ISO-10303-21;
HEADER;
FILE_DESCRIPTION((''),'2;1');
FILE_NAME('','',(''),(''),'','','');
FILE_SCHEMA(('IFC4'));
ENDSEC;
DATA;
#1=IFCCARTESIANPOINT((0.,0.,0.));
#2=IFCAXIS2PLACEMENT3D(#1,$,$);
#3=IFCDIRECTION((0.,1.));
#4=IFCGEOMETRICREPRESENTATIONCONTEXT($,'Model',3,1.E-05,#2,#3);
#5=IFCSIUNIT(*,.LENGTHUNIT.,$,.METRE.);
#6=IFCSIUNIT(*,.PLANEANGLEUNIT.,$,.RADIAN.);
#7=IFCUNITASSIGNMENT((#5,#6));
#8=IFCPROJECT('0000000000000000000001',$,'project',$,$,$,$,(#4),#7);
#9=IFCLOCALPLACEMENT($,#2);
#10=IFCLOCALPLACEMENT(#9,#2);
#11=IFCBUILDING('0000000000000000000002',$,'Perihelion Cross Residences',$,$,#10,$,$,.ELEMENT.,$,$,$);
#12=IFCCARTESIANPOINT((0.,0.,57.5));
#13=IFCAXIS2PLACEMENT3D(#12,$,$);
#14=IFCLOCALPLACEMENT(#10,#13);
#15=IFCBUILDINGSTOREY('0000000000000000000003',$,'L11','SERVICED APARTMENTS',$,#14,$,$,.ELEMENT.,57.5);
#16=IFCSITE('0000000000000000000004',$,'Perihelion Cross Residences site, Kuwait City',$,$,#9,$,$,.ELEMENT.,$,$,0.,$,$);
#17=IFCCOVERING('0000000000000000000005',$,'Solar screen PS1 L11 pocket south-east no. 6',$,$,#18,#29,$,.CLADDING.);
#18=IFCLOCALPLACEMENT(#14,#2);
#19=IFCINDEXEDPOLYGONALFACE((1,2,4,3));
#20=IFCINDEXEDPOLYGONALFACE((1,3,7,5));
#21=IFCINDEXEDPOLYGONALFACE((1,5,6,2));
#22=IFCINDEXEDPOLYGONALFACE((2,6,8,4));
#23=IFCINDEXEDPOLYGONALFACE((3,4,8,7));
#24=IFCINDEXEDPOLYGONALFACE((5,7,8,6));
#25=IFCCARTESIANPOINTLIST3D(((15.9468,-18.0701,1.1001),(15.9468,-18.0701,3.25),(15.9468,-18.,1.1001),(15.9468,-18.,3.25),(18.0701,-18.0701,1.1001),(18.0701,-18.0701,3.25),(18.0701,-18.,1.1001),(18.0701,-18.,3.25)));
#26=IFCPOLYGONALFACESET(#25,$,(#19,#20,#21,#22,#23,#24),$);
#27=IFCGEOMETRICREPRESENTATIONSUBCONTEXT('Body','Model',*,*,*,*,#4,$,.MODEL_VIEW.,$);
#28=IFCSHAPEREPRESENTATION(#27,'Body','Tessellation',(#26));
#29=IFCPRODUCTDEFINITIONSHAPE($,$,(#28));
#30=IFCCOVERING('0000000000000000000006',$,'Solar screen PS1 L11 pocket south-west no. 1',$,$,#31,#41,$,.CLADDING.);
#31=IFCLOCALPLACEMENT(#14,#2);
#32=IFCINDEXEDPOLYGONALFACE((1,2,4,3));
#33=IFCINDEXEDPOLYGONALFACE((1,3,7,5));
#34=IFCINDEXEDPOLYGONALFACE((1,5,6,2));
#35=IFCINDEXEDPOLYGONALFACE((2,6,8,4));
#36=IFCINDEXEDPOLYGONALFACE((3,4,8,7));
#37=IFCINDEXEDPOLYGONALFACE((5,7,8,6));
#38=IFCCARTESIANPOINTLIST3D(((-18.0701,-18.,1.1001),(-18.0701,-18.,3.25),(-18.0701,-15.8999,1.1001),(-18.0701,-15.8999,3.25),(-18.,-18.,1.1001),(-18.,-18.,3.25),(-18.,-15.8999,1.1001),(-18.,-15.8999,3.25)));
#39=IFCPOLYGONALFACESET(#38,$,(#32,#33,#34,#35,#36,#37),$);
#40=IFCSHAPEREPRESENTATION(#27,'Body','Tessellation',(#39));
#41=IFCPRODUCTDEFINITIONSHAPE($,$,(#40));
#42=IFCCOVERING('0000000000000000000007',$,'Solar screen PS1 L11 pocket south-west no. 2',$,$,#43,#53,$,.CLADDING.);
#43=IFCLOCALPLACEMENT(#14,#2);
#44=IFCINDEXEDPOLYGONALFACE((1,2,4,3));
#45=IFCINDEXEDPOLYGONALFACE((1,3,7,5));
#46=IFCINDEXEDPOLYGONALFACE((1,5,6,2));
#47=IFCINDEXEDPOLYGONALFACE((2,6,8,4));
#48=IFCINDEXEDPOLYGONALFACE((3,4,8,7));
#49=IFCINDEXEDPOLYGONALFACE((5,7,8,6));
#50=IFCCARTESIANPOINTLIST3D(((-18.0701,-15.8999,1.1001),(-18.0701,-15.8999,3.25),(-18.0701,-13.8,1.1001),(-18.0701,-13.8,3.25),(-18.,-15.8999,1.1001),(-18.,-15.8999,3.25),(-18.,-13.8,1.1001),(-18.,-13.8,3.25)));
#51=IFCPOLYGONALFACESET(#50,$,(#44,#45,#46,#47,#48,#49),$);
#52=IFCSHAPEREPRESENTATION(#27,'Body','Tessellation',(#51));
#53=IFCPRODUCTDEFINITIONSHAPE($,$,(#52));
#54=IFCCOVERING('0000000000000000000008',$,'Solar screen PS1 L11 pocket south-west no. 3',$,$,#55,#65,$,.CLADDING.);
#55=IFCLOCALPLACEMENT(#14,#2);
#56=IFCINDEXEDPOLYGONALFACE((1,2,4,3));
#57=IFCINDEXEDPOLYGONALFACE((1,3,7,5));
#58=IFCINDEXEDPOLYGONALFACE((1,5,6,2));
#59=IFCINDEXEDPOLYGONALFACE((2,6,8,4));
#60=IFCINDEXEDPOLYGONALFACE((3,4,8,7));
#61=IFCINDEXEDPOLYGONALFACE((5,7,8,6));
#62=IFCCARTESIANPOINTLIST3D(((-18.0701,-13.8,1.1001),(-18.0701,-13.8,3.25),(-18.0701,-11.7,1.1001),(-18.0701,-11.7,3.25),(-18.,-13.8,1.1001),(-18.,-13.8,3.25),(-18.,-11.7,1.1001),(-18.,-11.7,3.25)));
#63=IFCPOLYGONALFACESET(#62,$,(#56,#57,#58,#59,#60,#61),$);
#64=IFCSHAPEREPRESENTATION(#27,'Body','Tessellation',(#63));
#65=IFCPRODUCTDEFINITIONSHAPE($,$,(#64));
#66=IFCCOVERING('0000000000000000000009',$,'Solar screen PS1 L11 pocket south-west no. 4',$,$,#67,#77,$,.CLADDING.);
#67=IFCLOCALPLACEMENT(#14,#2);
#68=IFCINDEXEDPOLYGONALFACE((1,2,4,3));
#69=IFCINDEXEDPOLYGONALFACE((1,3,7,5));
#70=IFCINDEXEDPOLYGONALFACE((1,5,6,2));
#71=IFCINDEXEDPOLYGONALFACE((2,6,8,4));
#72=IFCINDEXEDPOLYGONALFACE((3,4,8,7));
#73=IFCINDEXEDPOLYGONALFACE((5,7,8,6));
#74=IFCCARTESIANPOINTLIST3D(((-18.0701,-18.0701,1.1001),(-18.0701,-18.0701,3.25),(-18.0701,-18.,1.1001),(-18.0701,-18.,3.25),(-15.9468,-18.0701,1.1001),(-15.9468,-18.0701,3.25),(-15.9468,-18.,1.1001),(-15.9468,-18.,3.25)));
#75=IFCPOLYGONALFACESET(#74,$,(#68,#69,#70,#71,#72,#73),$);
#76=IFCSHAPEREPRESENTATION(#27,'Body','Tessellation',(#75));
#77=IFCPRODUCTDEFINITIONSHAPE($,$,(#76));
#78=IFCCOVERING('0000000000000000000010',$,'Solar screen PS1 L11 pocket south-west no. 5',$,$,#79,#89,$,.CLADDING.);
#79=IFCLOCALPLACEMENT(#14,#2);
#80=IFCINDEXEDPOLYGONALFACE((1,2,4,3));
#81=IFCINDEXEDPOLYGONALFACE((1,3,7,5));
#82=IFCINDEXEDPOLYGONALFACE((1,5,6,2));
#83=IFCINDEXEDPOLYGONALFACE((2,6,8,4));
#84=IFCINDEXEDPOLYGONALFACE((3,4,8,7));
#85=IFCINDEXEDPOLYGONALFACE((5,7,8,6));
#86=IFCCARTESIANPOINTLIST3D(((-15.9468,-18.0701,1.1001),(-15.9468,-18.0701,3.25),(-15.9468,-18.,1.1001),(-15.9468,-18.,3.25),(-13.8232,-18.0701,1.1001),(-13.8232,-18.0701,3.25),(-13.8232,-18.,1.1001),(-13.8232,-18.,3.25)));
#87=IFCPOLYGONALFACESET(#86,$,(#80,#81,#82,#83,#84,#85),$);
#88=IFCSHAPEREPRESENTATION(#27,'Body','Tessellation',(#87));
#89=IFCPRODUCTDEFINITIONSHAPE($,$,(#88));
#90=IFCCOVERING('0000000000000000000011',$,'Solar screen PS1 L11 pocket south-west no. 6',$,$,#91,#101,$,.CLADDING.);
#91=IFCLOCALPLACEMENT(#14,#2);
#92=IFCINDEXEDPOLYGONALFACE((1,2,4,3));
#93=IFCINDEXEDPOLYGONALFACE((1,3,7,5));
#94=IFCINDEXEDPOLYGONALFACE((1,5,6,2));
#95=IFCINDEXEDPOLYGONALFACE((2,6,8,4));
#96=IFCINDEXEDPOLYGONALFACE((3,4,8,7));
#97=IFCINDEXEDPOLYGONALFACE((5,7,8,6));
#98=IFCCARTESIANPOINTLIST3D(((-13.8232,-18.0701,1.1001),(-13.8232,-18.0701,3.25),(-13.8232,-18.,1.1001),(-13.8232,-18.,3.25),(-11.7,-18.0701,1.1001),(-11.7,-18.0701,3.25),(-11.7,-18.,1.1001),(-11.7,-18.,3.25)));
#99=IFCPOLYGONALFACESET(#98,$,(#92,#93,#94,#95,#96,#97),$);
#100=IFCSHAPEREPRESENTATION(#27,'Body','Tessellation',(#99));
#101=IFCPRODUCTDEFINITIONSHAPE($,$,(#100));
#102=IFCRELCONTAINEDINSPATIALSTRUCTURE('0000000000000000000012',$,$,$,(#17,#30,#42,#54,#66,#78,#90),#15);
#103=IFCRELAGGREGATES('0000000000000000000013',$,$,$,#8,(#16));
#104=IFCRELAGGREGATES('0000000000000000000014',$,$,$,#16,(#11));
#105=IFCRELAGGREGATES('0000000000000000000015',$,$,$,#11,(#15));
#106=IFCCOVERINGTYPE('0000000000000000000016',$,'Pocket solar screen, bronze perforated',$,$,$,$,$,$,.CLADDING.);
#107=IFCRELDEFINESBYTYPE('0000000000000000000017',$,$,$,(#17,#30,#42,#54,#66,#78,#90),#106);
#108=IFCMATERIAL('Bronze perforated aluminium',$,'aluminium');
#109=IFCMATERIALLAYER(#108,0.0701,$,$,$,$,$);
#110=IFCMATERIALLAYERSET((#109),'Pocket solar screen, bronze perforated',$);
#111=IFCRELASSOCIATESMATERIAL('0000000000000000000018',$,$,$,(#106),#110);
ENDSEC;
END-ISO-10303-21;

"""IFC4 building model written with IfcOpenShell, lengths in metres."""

from ifc_helpers import new_model, si_unit, direction, frame, origin, place, context, subcontext, project, spatial, polyline, outline, extrude, material, layer, layer_set, type_object, element, save


model = new_model("IFC4")

# Units and contexts
model_context = context("Model", 3, precision=1e-05, world=origin(), true_north=direction((0.0, 1.0)))
body_context = subcontext(model_context, "Body", "Model", "MODEL_VIEW")
ifc_project = project(units=[si_unit("LENGTHUNIT", "METRE"), si_unit("PLANEANGLEUNIT", "RADIAN")], contexts=[model_context])

# Site, building, storey
site_placement = place(None, origin())
site = spatial("IfcSite", under=ifc_project, at=site_placement, Name="Perihelion Cross Residences site, Kuwait City", CompositionType="ELEMENT", RefElevation=0.0)
building_placement = place(site_placement, origin())
building = spatial("IfcBuilding", under=site, at=building_placement, Name="Perihelion Cross Residences", CompositionType="ELEMENT")
storey_placement = place(building_placement, frame((0.0, 0.0, 57.5)))
storey = spatial("IfcBuildingStorey", under=building, at=storey_placement, Name="L11", Description="SERVICED APARTMENTS", CompositionType="ELEMENT", Elevation=57.5)

# Coverings
ifc_material_1 = material(Name="Bronze perforated aluminium", Category="aluminium")
ifc_layer_1 = layer(ifc_material_1, 0.0701)
ifc_layer_set_1 = layer_set([ifc_layer_1], Name="Pocket solar screen, bronze perforated")
covering_type_1 = type_object("IfcCoveringType", Name="Pocket solar screen, bronze perforated", PredefinedType="CLADDING", material=ifc_layer_set_1)
covering_1_placement = place(storey_placement, frame((0.0, 0.0, 1.1001)))
element("IfcCovering", 1, at=covering_1_placement, inside=storey, type_object=covering_type_1, Name="Solar screen PS1 L11 pocket south-east no. 6", PredefinedType="CLADDING", context=body_context, shape_type="SweptSolid", body=[
    extrude(outline(polyline([(18.0701, -18.0701), (18.0701, -18.0), (15.9468, -18.0), (15.9468, -18.0701), (18.0701, -18.0701)])), origin(), (0.0, 0.0, 1.0), 2.1499),
])
covering_2_placement = place(storey_placement, frame((0.0, 0.0, 1.1001)))
element("IfcCovering", 2, at=covering_2_placement, inside=storey, type_object=covering_type_1, Name="Solar screen PS1 L11 pocket south-west no. 1", PredefinedType="CLADDING", context=body_context, shape_type="SweptSolid", body=[
    extrude(outline(polyline([(-18.0, -18.0), (-18.0, -15.8999), (-18.0701, -15.8999), (-18.0701, -18.0), (-18.0, -18.0)])), origin(), (0.0, 0.0, 1.0), 2.1499),
])
covering_3_placement = place(storey_placement, frame((0.0, 0.0, 1.1001)))
element("IfcCovering", 3, at=covering_3_placement, inside=storey, type_object=covering_type_1, Name="Solar screen PS1 L11 pocket south-west no. 2", PredefinedType="CLADDING", context=body_context, shape_type="SweptSolid", body=[
    extrude(outline(polyline([(-18.0, -15.8999), (-18.0, -13.8), (-18.0701, -13.8), (-18.0701, -15.8999), (-18.0, -15.8999)])), origin(), (0.0, 0.0, 1.0), 2.1499),
])
covering_4_placement = place(storey_placement, frame((0.0, 0.0, 1.1001)))
element("IfcCovering", 4, at=covering_4_placement, inside=storey, type_object=covering_type_1, Name="Solar screen PS1 L11 pocket south-west no. 3", PredefinedType="CLADDING", context=body_context, shape_type="SweptSolid", body=[
    extrude(outline(polyline([(-18.0, -13.8), (-18.0, -11.7), (-18.0701, -11.7), (-18.0701, -13.8), (-18.0, -13.8)])), origin(), (0.0, 0.0, 1.0), 2.1499),
])
covering_5_placement = place(storey_placement, frame((0.0, 0.0, 1.1001)))
element("IfcCovering", 5, at=covering_5_placement, inside=storey, type_object=covering_type_1, Name="Solar screen PS1 L11 pocket south-west no. 4", PredefinedType="CLADDING", context=body_context, shape_type="SweptSolid", body=[
    extrude(outline(polyline([(-15.9468, -18.0701), (-15.9468, -18.0), (-18.0701, -18.0), (-18.0701, -18.0701), (-15.9468, -18.0701)])), origin(), (0.0, 0.0, 1.0), 2.1499),
])
covering_6_placement = place(storey_placement, frame((0.0, 0.0, 1.1001)))
element("IfcCovering", 6, at=covering_6_placement, inside=storey, type_object=covering_type_1, Name="Solar screen PS1 L11 pocket south-west no. 5", PredefinedType="CLADDING", context=body_context, shape_type="SweptSolid", body=[
    extrude(outline(polyline([(-13.8232, -18.0701), (-13.8232, -18.0), (-15.9468, -18.0), (-15.9468, -18.0701), (-13.8232, -18.0701)])), origin(), (0.0, 0.0, 1.0), 2.1499),
])
covering_7_placement = place(storey_placement, frame((0.0, 0.0, 1.1001)))
element("IfcCovering", 7, at=covering_7_placement, inside=storey, type_object=covering_type_1, Name="Solar screen PS1 L11 pocket south-west no. 6", PredefinedType="CLADDING", context=body_context, shape_type="SweptSolid", body=[
    extrude(outline(polyline([(-11.7, -18.0701), (-11.7, -18.0), (-13.8232, -18.0), (-13.8232, -18.0701), (-11.7, -18.0701)])), origin(), (0.0, 0.0, 1.0), 2.1499),
])

save(model, "model.ifc")
